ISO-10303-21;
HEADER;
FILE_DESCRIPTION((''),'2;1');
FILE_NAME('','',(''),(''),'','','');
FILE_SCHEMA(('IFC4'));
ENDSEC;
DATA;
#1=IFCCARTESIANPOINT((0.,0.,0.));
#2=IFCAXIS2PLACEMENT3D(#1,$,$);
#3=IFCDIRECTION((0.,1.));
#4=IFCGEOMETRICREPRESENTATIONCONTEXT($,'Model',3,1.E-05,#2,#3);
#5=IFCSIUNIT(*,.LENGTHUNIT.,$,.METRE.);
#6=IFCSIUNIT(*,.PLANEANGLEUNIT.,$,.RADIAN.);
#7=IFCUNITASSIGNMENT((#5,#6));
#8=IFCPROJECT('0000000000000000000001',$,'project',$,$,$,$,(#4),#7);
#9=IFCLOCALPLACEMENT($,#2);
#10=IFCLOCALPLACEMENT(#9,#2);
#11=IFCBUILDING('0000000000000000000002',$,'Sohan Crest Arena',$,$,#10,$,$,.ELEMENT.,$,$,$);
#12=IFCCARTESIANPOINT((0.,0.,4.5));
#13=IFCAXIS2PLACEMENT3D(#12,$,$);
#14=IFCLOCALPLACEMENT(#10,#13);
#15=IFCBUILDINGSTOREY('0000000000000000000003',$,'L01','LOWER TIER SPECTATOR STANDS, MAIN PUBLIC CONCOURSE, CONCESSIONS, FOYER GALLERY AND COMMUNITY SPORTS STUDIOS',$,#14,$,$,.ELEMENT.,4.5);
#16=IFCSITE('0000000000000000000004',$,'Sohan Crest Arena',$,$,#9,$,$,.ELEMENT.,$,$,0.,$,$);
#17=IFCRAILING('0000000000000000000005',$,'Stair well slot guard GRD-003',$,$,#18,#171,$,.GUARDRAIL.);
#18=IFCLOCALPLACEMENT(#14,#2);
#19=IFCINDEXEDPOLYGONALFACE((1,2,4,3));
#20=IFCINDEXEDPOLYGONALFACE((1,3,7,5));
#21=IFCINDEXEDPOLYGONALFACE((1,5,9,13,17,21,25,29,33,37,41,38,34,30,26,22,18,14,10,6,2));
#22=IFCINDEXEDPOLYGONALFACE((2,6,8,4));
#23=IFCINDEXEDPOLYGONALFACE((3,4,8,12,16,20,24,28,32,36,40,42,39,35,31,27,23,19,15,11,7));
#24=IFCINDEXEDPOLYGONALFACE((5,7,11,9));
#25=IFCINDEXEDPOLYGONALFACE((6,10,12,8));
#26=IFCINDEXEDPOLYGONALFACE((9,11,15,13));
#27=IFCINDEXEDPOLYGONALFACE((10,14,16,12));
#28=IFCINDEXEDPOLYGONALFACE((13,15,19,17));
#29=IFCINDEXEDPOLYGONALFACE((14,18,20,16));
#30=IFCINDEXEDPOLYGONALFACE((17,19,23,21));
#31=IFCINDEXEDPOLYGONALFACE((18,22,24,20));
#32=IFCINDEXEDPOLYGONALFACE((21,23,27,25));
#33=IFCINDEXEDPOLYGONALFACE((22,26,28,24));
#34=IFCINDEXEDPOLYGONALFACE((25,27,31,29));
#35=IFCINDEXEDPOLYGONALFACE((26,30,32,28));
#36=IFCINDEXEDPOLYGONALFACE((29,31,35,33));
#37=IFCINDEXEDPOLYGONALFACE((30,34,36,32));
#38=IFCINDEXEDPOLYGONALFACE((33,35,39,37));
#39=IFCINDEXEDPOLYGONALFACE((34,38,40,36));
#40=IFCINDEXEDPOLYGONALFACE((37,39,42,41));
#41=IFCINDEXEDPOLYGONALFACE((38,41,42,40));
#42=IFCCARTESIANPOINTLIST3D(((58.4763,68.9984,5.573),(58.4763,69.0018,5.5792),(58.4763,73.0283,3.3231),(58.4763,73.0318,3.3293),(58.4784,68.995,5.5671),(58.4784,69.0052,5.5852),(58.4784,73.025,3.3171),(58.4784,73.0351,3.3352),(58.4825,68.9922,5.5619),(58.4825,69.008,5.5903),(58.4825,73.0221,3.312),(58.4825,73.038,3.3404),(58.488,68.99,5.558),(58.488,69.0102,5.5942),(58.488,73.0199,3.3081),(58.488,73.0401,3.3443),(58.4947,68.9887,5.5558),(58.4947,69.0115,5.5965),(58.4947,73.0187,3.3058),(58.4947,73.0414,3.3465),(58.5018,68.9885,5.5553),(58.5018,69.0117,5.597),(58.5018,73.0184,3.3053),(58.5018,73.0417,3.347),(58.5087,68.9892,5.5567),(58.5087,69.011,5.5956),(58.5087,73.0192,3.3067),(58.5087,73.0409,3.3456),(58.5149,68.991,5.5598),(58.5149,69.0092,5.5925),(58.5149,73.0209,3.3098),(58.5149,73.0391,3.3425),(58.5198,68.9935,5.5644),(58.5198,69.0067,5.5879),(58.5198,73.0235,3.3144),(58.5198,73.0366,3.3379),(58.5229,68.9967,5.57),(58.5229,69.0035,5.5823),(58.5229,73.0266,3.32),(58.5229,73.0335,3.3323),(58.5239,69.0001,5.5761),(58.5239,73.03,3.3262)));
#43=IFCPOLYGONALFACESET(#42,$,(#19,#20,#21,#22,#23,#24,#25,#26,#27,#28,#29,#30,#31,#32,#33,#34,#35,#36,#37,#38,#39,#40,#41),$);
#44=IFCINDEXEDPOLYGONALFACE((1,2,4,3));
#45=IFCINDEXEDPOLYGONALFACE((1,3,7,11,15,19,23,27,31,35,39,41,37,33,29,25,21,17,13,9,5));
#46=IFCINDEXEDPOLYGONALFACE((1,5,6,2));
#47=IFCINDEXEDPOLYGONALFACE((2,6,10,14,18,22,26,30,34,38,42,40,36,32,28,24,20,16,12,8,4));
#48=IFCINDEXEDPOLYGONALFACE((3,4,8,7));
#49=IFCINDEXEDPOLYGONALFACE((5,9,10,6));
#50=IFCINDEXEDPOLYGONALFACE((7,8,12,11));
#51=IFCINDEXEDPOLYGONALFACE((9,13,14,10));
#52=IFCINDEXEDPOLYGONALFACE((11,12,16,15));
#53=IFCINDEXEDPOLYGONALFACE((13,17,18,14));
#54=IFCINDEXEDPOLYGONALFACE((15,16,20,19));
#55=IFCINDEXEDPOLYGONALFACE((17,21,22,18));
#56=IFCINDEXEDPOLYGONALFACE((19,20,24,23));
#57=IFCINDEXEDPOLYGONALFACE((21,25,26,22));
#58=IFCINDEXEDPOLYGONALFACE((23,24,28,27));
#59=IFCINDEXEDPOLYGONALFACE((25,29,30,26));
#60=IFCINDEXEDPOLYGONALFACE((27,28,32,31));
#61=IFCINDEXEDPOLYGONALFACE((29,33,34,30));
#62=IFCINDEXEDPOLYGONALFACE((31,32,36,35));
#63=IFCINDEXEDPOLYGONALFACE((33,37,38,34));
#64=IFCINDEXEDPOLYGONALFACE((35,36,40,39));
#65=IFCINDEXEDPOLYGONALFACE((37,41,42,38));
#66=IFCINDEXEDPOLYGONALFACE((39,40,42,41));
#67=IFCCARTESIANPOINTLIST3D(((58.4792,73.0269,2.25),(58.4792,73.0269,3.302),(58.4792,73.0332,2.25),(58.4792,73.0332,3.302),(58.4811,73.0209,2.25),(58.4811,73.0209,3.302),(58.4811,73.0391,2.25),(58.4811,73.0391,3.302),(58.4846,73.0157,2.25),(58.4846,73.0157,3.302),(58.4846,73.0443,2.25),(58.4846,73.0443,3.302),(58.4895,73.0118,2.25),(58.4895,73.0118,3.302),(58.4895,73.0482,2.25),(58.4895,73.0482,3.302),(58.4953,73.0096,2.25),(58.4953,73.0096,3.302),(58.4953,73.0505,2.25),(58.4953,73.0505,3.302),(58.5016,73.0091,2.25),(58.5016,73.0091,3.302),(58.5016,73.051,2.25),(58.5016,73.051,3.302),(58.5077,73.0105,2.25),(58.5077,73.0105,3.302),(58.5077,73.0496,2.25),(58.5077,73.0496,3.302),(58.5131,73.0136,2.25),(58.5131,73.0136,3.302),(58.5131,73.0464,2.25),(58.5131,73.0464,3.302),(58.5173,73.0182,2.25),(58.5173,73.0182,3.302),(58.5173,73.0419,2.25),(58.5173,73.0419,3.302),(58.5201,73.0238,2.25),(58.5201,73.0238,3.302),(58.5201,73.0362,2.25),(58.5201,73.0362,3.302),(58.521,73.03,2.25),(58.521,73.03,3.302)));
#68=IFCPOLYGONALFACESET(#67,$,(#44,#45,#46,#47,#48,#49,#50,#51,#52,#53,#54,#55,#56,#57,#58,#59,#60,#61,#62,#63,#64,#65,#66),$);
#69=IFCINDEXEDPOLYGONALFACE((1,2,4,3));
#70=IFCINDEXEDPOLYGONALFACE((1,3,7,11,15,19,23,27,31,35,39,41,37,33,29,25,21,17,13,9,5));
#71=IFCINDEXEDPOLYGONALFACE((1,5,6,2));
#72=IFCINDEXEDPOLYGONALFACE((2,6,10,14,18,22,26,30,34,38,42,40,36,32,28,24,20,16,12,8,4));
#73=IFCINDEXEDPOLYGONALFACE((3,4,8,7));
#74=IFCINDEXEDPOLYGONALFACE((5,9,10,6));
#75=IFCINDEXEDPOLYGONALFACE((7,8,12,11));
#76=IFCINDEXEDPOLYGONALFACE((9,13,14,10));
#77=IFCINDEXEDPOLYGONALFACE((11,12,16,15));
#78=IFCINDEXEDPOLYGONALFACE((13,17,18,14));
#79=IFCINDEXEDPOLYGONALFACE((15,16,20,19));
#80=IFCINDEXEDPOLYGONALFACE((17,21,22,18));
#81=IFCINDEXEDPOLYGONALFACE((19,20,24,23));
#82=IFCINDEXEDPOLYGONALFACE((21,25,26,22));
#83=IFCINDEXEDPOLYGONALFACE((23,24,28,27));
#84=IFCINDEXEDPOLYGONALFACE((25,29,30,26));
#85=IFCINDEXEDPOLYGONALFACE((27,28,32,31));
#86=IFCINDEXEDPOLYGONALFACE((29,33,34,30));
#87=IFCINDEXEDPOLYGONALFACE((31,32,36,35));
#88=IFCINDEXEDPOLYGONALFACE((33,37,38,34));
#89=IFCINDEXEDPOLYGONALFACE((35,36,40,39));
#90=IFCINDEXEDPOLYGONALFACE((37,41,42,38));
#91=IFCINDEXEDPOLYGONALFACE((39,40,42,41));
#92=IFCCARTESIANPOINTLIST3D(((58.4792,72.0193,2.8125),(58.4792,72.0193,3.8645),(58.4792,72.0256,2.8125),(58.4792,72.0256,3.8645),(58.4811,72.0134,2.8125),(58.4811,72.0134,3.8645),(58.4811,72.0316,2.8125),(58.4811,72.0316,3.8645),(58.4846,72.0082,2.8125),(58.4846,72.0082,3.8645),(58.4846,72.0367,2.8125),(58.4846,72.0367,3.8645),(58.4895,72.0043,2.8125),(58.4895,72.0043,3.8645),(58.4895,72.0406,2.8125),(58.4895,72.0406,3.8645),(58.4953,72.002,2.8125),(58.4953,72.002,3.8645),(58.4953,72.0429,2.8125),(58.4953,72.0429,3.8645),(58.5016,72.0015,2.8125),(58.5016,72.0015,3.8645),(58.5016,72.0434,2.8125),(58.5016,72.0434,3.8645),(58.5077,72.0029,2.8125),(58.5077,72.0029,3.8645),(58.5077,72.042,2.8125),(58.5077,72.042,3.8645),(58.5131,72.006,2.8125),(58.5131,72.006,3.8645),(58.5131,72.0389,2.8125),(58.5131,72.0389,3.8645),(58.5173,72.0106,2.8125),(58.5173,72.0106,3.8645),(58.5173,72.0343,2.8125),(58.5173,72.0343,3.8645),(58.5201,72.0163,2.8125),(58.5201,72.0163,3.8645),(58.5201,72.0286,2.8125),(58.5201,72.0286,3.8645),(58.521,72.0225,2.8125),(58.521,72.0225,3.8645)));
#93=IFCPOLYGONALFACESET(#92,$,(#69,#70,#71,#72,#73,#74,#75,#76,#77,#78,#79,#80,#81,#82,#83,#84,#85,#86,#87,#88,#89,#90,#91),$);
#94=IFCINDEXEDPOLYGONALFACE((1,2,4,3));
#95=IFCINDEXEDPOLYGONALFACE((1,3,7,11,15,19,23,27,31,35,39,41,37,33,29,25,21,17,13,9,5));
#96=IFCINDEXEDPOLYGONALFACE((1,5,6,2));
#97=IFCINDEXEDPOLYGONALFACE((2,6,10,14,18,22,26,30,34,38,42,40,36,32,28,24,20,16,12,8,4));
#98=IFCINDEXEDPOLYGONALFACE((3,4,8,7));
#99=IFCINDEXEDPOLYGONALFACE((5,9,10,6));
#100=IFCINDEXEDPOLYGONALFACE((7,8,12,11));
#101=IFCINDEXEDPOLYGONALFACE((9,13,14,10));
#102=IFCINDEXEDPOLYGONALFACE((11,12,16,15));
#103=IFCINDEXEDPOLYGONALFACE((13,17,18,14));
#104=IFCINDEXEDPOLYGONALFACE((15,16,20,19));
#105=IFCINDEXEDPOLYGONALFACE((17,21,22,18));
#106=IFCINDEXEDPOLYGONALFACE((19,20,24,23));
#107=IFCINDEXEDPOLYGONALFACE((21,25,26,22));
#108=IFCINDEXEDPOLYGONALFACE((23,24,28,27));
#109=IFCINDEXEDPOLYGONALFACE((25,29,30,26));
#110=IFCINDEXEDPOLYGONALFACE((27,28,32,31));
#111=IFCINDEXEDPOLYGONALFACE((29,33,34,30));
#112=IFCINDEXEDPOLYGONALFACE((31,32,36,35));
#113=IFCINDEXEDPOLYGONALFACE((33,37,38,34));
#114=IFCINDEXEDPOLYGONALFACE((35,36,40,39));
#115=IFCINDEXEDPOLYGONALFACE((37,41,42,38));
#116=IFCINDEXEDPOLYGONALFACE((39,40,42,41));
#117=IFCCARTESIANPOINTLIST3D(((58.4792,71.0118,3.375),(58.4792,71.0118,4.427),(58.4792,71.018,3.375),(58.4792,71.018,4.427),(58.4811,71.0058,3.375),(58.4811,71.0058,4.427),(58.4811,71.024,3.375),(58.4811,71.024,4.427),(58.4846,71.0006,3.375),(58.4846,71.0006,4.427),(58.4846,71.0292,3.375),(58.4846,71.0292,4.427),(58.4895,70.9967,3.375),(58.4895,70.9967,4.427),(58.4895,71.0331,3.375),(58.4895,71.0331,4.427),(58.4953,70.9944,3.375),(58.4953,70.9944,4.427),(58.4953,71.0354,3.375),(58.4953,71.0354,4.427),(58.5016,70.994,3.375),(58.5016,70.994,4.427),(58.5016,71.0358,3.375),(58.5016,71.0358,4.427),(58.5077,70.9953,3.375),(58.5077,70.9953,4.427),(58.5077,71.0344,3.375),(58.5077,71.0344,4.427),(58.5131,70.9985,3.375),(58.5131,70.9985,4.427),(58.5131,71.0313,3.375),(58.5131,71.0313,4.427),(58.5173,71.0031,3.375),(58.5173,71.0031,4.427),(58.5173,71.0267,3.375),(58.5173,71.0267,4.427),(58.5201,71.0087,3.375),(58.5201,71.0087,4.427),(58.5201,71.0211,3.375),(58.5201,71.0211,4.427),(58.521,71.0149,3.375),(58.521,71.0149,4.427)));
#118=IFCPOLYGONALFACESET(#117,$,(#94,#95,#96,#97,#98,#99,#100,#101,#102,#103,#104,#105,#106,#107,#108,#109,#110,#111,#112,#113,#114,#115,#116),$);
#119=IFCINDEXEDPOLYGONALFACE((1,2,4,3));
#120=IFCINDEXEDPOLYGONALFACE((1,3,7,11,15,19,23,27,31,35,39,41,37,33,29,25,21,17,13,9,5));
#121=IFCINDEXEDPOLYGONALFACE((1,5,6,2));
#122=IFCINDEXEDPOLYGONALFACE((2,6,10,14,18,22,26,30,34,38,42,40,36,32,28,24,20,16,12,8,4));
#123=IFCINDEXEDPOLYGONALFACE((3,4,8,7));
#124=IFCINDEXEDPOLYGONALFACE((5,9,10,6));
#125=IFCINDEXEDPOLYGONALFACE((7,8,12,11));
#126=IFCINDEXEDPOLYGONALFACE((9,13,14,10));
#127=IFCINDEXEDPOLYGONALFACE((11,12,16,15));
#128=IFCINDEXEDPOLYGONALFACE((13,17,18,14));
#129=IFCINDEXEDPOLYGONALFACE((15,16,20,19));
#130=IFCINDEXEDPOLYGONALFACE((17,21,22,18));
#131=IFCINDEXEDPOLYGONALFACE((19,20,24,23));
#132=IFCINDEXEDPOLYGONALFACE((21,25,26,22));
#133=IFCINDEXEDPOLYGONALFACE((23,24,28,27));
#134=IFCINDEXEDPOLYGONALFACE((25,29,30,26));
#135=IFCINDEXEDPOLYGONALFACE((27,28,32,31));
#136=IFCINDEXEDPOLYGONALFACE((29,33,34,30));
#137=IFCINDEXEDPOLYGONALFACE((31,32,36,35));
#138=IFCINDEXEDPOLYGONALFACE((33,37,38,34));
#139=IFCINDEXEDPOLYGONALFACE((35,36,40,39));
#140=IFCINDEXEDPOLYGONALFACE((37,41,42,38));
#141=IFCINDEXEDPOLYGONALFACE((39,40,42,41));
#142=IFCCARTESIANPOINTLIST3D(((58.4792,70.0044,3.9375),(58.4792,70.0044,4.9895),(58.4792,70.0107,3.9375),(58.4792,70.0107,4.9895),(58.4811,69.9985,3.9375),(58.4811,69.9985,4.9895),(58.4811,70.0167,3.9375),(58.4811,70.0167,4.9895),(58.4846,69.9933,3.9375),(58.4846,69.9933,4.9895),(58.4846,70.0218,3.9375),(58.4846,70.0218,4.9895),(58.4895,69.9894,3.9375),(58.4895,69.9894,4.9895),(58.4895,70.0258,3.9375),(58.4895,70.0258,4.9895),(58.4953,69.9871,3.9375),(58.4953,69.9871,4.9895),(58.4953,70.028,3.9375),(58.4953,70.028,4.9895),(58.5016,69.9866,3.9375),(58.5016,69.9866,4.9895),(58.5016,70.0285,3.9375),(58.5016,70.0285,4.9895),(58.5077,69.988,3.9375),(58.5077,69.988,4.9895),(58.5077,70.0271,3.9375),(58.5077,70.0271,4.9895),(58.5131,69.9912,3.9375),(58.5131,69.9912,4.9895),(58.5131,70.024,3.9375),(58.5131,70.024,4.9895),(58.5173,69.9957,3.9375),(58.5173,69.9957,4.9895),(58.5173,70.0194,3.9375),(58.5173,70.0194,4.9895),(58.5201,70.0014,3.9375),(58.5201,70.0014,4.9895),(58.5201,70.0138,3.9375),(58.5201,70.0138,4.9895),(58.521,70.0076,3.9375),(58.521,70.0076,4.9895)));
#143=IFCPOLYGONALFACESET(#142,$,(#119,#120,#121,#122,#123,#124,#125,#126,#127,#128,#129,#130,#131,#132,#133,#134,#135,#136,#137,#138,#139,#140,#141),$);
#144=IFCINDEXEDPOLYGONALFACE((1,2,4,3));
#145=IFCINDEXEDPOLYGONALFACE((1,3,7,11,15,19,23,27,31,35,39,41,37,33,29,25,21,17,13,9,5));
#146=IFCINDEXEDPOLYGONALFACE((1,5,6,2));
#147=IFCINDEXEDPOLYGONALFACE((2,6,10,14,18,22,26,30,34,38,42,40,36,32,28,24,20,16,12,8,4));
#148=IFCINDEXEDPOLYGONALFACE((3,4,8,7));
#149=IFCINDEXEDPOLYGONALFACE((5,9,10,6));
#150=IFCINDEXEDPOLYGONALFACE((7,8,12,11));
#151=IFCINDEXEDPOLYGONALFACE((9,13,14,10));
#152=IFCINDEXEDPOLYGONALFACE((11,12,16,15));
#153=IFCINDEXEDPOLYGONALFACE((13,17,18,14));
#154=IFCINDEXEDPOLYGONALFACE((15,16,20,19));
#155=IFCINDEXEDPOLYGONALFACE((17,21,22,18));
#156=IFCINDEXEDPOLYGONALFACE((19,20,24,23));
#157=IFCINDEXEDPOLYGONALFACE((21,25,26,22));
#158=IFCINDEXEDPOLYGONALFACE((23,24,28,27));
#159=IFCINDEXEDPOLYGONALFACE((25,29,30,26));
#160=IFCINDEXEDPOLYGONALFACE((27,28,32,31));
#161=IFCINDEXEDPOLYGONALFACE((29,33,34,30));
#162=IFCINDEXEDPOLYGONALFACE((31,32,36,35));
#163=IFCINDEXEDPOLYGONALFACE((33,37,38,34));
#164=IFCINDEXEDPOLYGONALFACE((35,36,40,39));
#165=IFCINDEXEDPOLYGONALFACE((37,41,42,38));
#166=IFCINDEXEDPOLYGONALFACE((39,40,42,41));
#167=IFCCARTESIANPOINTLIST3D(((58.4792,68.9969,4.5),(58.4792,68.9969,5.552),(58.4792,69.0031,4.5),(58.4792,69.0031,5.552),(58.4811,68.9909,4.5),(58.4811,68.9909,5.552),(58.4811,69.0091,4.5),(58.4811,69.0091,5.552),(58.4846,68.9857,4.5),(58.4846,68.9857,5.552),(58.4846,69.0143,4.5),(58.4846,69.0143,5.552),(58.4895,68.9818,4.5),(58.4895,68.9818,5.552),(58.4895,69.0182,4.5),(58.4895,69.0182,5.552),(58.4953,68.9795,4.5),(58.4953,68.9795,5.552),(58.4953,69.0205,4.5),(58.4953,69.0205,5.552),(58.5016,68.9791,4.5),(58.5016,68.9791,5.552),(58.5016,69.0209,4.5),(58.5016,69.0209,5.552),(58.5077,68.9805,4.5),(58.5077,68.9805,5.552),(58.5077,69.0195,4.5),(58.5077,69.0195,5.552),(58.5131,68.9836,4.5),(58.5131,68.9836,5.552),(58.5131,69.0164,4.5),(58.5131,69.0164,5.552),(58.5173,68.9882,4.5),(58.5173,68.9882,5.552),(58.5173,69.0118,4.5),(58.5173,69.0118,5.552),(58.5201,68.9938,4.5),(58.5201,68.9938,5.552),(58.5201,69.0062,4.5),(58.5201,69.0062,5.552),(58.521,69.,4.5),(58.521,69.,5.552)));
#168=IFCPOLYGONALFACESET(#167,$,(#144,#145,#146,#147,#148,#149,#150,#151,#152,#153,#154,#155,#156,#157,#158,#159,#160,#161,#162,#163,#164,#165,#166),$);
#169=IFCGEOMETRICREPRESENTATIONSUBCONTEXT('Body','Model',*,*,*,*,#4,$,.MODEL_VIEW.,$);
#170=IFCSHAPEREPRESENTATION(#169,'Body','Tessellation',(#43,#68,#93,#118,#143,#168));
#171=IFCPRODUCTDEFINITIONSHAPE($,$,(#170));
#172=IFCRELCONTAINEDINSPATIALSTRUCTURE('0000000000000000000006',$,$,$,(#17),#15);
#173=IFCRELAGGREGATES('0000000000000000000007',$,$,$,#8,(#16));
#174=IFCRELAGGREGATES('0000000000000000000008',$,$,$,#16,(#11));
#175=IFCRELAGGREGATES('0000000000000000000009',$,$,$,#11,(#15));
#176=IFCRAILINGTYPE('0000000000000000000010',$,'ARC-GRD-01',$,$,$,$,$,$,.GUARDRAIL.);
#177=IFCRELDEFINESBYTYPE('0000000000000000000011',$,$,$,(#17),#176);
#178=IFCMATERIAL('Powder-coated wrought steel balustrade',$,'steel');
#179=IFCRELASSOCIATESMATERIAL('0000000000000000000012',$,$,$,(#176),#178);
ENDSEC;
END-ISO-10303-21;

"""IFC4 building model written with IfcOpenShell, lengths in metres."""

from ifc_helpers import new_model, si_unit, direction, frame, origin, origin_2d, place, context, subcontext, project, spatial, circle, extrude, material, type_object, element, save


model = new_model("IFC4")

# Units and contexts
model_context = context("Model", 3, precision=1e-05, world=origin(), true_north=direction((0.0, 1.0)))
body_context = subcontext(model_context, "Body", "Model", "MODEL_VIEW")
ifc_project = project(units=[si_unit("LENGTHUNIT", "METRE"), si_unit("PLANEANGLEUNIT", "RADIAN")], contexts=[model_context])

# Site, building, storey
site_placement = place(None, origin())
site = spatial("IfcSite", under=ifc_project, at=site_placement, Name="Sohan Crest Arena", CompositionType="ELEMENT", RefElevation=0.0)
building_placement = place(site_placement, origin())
building = spatial("IfcBuilding", under=site, at=building_placement, Name="Sohan Crest Arena", CompositionType="ELEMENT")
storey_placement = place(building_placement, frame((0.0, 0.0, 4.5)))
storey = spatial("IfcBuildingStorey", under=building, at=storey_placement, Name="L01", Description="LOWER TIER SPECTATOR STANDS, MAIN PUBLIC CONCOURSE, CONCESSIONS, FOYER GALLERY AND COMMUNITY SPORTS STUDIOS", CompositionType="ELEMENT", Elevation=4.5)

# Railing
ifc_material_1 = material(Name="Powder-coated wrought steel balustrade", Category="steel")
railing_type_1 = type_object("IfcRailingType", Name="ARC-GRD-01", PredefinedType="GUARDRAIL", material=ifc_material_1)
for number, where, name in (
    (1, (58.5, 73.03, 2.25), "Stair well slot guard GRD-003"),
):
    element("IfcRailing", number, at=place(storey_placement, frame(where)), inside=storey, type_object=railing_type_1, Name=name, PredefinedType="GUARDRAIL", context=body_context, shape_type="SweptSolid", body=[
        extrude(circle(Radius=0.0239, at=origin_2d()), frame((0.0, 0.0, 1.0762), z_axis=(0.0, -0.873135, 0.487479), x_axis=(1.0, 0.0, 0.0)), (0.0, 0.0, 1.0), 4.6155),
        extrude(circle(Radius=0.021, at=origin_2d()), origin(), (0.0, 0.0, 1.0), 1.052),
        extrude(circle(Radius=0.021, at=origin_2d()), frame((0.0, -1.0076, 0.5625)), (0.0, 0.0, 1.0), 1.052),
        extrude(circle(Radius=0.021, at=origin_2d()), frame((0.0, -2.0151, 1.125)), (0.0, 0.0, 1.0), 1.052),
        extrude(circle(Radius=0.021, at=origin_2d()), frame((0.0, -3.0225, 1.6875)), (0.0, 0.0, 1.0), 1.052),
        extrude(circle(Radius=0.021, at=origin_2d()), frame((0.0, -4.03, 2.25)), (0.0, 0.0, 1.0), 1.052),
    ])

save(model, "model.ifc")
